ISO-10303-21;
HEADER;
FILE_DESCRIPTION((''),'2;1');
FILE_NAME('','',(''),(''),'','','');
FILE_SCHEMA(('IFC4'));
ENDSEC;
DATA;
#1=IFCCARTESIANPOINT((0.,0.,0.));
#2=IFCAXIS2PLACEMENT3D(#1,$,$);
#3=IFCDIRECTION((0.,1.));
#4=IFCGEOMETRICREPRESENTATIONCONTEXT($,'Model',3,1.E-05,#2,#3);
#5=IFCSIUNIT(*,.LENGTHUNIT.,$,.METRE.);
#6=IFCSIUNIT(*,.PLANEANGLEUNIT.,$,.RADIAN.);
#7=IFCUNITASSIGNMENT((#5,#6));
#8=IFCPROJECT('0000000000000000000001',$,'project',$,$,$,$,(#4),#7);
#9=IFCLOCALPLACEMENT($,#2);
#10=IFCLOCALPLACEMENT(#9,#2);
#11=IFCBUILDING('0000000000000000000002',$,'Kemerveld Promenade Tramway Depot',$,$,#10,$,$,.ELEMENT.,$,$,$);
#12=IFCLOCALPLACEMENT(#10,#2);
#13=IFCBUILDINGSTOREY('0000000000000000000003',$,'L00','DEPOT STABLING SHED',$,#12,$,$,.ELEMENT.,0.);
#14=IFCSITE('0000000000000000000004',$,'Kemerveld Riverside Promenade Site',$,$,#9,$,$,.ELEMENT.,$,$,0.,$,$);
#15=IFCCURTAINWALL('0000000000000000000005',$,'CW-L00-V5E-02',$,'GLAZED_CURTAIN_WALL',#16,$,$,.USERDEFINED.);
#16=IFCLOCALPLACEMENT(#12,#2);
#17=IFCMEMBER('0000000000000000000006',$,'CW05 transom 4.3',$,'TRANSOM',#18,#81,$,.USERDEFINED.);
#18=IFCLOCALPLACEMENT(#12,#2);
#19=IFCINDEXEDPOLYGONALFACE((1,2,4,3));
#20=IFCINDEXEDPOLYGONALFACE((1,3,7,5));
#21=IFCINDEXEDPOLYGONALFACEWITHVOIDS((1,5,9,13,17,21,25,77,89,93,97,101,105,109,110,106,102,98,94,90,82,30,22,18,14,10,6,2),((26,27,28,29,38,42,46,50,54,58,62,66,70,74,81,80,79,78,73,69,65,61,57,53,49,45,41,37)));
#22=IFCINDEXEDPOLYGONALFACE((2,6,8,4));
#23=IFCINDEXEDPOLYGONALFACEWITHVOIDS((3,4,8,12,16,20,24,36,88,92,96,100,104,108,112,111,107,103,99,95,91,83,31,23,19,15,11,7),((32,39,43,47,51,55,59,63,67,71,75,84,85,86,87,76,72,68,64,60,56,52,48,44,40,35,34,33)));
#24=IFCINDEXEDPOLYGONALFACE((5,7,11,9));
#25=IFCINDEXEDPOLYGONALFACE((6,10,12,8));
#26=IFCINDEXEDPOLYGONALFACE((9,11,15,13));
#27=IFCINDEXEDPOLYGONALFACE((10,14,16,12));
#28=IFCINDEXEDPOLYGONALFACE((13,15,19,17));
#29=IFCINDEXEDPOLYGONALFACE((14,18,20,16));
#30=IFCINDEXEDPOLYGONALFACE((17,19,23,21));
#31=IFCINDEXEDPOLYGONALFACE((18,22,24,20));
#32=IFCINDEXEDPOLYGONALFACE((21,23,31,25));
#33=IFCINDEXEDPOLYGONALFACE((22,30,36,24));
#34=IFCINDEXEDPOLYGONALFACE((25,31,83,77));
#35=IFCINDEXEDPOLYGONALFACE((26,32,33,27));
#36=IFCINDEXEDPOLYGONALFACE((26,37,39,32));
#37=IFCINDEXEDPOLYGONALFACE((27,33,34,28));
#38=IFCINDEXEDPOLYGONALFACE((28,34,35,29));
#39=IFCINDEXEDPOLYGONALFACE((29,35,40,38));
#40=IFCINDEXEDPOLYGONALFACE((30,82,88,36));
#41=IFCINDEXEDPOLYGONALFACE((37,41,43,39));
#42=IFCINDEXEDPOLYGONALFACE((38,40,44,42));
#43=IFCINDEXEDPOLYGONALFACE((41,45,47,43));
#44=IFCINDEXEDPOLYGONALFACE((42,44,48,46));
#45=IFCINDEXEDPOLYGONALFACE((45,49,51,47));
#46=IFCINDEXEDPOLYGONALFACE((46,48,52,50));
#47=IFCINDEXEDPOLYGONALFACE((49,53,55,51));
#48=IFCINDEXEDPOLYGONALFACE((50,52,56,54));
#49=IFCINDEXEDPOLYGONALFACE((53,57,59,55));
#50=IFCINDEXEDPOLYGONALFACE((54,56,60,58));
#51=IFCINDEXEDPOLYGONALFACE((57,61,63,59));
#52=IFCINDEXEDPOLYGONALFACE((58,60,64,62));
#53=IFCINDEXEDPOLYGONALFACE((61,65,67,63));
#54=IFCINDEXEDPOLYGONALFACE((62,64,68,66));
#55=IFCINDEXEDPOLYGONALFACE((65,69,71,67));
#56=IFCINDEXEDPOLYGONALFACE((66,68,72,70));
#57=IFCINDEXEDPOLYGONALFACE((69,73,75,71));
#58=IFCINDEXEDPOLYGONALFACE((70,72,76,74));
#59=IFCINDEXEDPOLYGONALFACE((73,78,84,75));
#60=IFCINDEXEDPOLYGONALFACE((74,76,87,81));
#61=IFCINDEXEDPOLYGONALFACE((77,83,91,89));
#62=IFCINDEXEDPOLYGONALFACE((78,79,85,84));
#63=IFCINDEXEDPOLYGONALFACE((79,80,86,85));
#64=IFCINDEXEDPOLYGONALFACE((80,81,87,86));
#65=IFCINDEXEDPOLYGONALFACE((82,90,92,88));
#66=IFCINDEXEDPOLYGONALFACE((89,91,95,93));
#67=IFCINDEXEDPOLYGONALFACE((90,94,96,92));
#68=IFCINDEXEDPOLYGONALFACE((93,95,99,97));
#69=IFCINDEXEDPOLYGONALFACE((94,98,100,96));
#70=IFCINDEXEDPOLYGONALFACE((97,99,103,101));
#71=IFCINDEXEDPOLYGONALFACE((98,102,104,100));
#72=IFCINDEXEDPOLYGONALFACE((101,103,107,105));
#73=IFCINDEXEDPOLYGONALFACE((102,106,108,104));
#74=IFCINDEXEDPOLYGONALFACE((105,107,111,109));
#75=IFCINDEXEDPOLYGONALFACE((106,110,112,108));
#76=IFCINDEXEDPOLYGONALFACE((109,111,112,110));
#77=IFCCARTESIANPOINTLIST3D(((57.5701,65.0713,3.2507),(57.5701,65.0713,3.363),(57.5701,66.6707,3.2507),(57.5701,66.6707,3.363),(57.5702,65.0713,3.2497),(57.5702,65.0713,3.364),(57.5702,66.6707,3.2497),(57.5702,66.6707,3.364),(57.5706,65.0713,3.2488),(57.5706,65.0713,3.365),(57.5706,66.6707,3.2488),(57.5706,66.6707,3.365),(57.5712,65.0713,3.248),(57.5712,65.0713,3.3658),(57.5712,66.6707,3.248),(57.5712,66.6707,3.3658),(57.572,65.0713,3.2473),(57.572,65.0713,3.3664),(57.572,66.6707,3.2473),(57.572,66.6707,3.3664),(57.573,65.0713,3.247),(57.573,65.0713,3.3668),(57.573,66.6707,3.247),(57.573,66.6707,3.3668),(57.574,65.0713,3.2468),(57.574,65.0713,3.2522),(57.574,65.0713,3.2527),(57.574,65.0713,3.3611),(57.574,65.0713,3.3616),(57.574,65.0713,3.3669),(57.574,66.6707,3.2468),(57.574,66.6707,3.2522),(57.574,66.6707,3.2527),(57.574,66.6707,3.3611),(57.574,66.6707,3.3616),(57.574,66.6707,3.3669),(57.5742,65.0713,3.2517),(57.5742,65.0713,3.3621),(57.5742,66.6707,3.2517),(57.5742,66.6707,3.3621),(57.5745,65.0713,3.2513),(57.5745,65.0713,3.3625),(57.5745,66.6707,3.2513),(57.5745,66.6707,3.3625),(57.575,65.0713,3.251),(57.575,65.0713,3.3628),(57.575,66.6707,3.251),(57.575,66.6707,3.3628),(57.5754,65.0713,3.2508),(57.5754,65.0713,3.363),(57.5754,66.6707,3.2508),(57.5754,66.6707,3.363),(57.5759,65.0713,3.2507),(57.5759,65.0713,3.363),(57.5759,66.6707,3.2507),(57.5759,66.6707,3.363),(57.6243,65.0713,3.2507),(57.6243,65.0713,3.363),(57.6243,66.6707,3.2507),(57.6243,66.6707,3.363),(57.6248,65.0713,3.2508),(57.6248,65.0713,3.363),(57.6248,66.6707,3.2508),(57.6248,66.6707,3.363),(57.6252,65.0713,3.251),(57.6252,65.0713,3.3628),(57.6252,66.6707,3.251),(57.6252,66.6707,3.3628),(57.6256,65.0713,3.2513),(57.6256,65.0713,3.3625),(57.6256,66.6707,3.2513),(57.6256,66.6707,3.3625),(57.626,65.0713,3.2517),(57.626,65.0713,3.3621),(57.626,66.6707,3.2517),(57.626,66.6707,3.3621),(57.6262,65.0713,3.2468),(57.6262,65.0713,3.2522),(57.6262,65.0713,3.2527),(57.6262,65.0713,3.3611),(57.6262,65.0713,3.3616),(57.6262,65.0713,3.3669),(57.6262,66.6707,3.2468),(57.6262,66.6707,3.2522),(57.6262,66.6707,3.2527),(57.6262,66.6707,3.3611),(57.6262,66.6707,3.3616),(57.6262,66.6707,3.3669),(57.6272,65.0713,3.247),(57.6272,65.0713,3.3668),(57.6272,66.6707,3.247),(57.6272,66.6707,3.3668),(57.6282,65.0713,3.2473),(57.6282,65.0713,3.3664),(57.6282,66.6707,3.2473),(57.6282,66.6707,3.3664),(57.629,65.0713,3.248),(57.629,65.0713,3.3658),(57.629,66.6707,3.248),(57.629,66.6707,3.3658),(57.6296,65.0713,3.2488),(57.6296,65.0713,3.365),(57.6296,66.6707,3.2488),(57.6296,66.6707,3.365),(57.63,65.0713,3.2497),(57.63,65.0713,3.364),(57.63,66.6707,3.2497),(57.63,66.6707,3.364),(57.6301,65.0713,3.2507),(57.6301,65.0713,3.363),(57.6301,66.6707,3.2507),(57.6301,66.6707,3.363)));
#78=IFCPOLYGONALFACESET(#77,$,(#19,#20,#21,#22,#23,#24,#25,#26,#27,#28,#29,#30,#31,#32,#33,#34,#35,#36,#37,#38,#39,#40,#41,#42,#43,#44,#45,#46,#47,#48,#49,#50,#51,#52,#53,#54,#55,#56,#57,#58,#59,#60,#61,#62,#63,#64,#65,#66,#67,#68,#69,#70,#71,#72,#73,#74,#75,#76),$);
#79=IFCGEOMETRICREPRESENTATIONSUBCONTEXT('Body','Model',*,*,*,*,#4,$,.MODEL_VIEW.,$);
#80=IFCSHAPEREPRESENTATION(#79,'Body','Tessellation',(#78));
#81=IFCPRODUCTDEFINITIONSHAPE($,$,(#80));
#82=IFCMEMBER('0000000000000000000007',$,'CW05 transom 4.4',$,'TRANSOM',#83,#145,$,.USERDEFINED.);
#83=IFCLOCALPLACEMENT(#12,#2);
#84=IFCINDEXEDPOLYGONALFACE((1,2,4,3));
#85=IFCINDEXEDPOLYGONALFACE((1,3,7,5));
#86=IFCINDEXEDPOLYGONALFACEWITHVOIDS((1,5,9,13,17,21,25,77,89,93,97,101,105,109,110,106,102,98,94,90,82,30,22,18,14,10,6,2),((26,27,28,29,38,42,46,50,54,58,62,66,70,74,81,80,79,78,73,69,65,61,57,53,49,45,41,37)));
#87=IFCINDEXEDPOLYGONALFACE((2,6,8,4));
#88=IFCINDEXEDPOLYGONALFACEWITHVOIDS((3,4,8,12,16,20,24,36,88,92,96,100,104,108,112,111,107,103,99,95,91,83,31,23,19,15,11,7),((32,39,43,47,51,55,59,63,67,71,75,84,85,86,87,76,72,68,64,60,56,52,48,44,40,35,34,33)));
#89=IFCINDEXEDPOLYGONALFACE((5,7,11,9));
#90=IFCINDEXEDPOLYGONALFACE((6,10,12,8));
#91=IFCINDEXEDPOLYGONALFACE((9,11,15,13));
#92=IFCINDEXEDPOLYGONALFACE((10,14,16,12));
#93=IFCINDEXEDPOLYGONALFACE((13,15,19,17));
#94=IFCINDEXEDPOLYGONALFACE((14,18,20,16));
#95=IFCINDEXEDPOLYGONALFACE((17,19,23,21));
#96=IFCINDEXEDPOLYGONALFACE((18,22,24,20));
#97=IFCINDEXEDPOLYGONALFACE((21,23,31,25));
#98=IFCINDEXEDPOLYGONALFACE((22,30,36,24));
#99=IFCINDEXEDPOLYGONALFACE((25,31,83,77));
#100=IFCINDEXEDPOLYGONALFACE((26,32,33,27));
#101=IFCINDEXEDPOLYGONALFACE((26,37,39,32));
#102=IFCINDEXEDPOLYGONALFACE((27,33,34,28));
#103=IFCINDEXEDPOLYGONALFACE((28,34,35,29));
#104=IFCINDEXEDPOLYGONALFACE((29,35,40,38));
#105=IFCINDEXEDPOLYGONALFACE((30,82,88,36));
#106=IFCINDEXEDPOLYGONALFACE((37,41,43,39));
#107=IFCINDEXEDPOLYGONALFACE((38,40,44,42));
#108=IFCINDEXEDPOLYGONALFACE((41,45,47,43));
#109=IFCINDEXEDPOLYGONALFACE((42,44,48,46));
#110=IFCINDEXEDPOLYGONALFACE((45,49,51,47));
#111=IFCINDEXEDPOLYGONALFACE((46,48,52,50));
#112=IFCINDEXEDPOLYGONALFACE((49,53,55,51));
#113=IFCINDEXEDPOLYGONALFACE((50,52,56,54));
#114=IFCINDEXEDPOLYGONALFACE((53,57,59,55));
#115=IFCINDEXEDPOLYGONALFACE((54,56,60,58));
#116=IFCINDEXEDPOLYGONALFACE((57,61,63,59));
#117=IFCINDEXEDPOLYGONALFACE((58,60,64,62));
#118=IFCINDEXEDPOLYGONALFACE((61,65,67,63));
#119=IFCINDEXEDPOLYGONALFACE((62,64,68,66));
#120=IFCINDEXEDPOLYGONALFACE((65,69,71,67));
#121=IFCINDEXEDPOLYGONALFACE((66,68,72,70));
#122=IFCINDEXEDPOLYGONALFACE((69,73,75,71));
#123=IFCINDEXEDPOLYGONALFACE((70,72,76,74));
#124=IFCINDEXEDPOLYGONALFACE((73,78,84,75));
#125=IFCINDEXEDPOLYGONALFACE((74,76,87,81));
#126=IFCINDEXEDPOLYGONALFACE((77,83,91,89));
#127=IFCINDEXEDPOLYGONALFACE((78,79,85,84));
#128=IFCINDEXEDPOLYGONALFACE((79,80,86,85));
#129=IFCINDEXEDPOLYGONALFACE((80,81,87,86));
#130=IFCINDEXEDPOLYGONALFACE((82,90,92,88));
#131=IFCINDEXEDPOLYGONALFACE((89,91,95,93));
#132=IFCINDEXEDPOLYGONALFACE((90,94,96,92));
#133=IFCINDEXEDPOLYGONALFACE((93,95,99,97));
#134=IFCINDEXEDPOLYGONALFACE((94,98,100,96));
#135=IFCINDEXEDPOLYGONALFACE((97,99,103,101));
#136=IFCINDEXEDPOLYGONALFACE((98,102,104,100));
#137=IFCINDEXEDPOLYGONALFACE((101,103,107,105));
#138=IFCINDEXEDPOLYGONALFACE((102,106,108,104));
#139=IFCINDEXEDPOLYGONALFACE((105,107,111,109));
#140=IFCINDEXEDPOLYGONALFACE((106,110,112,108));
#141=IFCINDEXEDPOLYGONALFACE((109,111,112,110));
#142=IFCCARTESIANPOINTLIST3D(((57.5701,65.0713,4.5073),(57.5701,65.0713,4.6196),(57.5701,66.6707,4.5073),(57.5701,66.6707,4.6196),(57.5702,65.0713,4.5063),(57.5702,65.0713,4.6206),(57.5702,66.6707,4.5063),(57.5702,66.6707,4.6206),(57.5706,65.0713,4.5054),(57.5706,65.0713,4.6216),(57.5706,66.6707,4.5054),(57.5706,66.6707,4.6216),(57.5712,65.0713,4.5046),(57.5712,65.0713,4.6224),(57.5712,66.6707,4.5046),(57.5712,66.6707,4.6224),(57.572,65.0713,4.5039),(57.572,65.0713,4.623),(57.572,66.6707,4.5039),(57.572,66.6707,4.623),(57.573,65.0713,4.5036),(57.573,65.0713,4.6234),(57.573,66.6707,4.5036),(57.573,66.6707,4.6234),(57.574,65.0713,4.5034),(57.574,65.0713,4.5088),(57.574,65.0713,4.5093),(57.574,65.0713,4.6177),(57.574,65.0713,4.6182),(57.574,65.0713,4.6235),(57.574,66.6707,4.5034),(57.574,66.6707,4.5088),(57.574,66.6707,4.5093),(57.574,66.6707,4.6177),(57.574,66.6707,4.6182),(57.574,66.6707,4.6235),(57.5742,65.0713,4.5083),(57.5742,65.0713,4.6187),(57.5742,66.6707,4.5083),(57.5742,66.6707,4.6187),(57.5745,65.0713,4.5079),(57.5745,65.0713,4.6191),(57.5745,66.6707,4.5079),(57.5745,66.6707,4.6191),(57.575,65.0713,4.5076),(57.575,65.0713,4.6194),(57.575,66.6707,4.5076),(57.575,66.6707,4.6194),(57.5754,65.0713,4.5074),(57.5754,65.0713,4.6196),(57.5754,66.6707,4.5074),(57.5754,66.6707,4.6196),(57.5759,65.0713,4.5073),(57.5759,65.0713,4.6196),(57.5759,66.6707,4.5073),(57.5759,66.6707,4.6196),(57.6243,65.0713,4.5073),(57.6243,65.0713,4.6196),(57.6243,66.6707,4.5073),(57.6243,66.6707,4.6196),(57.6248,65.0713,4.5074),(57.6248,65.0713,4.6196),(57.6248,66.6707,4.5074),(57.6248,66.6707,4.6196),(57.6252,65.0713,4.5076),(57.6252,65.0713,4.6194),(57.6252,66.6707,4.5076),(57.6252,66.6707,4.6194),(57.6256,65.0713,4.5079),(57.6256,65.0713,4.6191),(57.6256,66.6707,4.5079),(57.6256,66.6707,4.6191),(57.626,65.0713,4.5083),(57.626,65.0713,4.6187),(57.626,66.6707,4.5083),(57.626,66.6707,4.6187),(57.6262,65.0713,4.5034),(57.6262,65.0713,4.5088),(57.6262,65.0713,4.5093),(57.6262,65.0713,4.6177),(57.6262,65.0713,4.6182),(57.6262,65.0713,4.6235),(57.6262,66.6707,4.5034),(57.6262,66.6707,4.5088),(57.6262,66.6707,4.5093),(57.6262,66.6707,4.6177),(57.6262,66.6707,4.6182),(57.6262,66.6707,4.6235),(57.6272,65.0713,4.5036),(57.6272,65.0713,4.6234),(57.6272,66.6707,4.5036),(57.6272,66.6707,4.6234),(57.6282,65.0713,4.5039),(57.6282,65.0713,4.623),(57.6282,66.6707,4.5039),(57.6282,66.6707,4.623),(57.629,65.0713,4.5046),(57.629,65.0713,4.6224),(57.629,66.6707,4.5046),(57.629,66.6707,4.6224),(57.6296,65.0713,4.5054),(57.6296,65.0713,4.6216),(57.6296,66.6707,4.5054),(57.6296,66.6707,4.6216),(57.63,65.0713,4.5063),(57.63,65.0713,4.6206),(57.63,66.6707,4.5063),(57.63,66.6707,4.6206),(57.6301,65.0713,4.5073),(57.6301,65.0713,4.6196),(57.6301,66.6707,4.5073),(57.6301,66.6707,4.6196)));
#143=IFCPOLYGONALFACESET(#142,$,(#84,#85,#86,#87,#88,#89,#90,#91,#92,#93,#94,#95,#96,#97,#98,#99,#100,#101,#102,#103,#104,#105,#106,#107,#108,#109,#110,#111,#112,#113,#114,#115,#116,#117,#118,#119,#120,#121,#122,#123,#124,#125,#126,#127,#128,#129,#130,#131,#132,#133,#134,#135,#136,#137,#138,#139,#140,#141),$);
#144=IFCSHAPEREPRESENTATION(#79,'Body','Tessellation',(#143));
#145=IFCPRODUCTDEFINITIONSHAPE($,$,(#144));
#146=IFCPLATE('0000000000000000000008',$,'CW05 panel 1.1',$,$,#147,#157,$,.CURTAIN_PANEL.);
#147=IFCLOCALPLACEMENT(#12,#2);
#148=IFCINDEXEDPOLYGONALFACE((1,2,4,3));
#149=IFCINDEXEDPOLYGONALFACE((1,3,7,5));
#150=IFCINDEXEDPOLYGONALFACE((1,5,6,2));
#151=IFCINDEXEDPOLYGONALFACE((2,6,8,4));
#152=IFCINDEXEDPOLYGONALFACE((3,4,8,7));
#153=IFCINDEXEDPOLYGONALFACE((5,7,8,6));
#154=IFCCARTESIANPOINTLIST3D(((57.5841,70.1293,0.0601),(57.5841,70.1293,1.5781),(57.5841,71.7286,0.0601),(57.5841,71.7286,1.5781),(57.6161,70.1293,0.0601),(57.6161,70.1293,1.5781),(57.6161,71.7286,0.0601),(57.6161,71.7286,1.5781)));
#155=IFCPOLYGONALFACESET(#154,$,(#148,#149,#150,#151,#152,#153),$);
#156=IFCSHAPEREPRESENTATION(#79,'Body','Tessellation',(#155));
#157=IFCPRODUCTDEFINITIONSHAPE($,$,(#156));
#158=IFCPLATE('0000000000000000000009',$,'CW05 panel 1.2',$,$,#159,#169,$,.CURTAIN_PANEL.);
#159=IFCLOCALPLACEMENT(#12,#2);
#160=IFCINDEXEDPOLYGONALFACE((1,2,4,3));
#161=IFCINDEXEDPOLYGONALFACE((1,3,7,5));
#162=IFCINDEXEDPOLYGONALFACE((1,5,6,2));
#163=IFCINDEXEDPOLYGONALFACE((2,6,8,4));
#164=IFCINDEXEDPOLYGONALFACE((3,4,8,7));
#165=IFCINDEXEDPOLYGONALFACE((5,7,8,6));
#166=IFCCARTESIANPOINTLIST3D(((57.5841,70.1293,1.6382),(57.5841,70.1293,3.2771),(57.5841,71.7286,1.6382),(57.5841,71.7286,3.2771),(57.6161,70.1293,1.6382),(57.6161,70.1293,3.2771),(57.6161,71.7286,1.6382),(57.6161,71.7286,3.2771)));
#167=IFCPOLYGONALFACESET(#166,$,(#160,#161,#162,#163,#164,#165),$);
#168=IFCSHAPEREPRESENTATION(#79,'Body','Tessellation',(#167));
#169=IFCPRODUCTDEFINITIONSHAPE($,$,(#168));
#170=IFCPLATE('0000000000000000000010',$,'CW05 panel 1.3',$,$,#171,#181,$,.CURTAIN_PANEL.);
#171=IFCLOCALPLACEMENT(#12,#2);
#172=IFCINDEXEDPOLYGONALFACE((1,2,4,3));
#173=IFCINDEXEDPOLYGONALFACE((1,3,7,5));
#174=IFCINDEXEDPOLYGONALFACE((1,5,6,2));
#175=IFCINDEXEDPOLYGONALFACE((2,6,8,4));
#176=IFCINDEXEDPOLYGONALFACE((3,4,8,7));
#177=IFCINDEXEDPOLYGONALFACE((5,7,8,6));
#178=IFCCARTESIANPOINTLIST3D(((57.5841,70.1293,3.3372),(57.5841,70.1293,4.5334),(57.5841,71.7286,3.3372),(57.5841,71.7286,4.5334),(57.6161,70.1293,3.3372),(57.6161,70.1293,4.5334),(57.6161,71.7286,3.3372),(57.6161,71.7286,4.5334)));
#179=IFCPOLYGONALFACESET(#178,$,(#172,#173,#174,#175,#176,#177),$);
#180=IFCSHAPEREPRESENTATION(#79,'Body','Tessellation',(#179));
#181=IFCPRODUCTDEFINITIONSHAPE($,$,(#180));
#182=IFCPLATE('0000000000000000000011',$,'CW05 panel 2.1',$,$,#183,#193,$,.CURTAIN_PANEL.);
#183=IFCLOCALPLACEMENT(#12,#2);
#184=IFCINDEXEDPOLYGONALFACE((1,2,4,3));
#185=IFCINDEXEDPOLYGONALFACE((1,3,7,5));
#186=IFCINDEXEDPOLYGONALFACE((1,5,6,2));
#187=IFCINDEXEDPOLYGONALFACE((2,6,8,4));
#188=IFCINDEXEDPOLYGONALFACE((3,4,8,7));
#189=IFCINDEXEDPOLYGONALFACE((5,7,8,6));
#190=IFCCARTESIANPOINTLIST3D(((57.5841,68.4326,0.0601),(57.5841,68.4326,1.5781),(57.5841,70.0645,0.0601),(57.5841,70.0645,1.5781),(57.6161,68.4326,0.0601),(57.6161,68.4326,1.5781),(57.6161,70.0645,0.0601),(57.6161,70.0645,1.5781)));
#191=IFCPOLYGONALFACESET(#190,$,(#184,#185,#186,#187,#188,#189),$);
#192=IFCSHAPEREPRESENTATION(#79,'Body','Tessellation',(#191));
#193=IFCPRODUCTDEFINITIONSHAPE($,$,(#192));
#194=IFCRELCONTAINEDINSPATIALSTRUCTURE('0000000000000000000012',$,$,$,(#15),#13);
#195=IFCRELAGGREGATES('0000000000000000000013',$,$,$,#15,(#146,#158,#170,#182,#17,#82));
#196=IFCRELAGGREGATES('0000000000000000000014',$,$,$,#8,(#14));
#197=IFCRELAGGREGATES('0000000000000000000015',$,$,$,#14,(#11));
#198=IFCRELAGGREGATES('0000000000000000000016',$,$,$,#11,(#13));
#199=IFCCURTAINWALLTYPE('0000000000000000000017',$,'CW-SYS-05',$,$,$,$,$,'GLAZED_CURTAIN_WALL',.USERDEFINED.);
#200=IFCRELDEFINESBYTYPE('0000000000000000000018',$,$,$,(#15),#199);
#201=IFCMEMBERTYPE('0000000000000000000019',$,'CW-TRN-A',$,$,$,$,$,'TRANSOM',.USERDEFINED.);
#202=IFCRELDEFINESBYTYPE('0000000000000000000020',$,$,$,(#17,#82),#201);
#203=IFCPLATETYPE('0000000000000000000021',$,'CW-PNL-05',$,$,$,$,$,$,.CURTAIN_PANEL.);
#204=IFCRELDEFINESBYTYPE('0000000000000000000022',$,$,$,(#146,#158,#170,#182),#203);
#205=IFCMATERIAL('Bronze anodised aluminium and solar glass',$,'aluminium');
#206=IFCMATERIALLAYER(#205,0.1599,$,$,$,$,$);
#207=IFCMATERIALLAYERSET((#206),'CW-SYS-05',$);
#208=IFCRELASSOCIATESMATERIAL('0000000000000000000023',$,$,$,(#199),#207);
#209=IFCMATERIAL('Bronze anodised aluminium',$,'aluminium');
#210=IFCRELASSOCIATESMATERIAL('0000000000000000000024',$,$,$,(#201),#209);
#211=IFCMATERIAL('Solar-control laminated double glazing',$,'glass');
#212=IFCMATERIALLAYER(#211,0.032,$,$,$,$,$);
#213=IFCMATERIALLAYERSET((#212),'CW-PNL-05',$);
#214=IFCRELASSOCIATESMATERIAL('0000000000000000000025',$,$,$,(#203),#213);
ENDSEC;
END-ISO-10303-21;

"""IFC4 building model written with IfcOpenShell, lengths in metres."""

from ifc_helpers import new_model, si_unit, direction, frame, origin, origin_2d, place, context, subcontext, project, spatial, rectangle, hollow_rectangle, extrude, material, layer, layer_set, material_profile, profile_set, type_object, element, aggregate, save


model = new_model("IFC4")

# Units and contexts
model_context = context("Model", 3, precision=1e-05, world=origin(), true_north=direction((0.0, 1.0)))
body_context = subcontext(model_context, "Body", "Model", "MODEL_VIEW")
ifc_project = project(units=[si_unit("LENGTHUNIT", "METRE"), si_unit("PLANEANGLEUNIT", "RADIAN")], contexts=[model_context])

# Site, building, storey
site_placement = place(None, origin())
site = spatial("IfcSite", under=ifc_project, at=site_placement, Name="Kemerveld Riverside Promenade Site", CompositionType="ELEMENT", RefElevation=0.0)
building_placement = place(site_placement, origin())
building = spatial("IfcBuilding", under=site, at=building_placement, Name="Kemerveld Promenade Tramway Depot", CompositionType="ELEMENT")
storey_placement = place(building_placement, origin())
storey = spatial("IfcBuildingStorey", under=building, at=storey_placement, Name="L00", Description="DEPOT STABLING SHED", CompositionType="ELEMENT", Elevation=0.0)

# Curtain wall, members, plates
ifc_material_1 = material(Name="Bronze anodised aluminium and solar glass", Category="aluminium")
ifc_layer_1 = layer(ifc_material_1, 0.1599)
ifc_layer_set_1 = layer_set([ifc_layer_1], Name="CW-SYS-05")
curtain_wall_type = type_object("IfcCurtainWallType", Name="CW-SYS-05", ElementType="GLAZED_CURTAIN_WALL", PredefinedType="USERDEFINED", material=ifc_layer_set_1)
curtain_wall_placement = place(storey_placement, origin())
curtain_wall = element("IfcCurtainWall", 1, at=curtain_wall_placement, inside=storey, type_object=curtain_wall_type, Name="CW-L00-V5E-02", ObjectType="GLAZED_CURTAIN_WALL", PredefinedType="USERDEFINED")
ifc_material_2 = material(Name="Bronze anodised aluminium", Category="aluminium")
ifc_material_profile_1 = material_profile(ifc_material_2, hollow_rectangle(XDim=0.0601, YDim=0.1201, WallThickness=0.0039, InnerFilletRadius=0.002, OuterFilletRadius=0.0039, at=origin_2d()), Name="CW-TRN-120x60")
ifc_profile_set_1 = profile_set([ifc_material_profile_1], Name="Bronze anodised aluminium")
member_type_1 = type_object("IfcMemberType", Name="CW-TRN-A", ElementType="TRANSOM", PredefinedType="USERDEFINED", material=ifc_profile_set_1)
member_1_placement = place(storey_placement, frame((57.6001, 66.6707, 3.3069), z_axis=(0.0, -1.0, 0.0), x_axis=(1.0, 0.0, 0.0)))
member_1 = element("IfcMember", 2, at=member_1_placement, type_object=member_type_1, Name="CW05 transom 4.3", ObjectType="TRANSOM", PredefinedType="USERDEFINED", context=body_context, shape_type="SweptSolid", body=[
    extrude(hollow_rectangle(XDim=0.0601, YDim=0.1201, WallThickness=0.0039, InnerFilletRadius=0.002, OuterFilletRadius=0.0039, at=origin_2d()), origin(), (0.0, 0.0, 1.0), 1.5994),
])
member_2_placement = place(storey_placement, frame((57.6001, 66.6707, 4.5635), z_axis=(0.0, -1.0, 0.0), x_axis=(1.0, 0.0, 0.0)))
member_2 = element("IfcMember", 3, at=member_2_placement, type_object=member_type_1, Name="CW05 transom 4.4", ObjectType="TRANSOM", PredefinedType="USERDEFINED", context=body_context, shape_type="SweptSolid", body=[
    extrude(hollow_rectangle(XDim=0.0601, YDim=0.1201, WallThickness=0.0039, InnerFilletRadius=0.002, OuterFilletRadius=0.0039, at=origin_2d()), origin(), (0.0, 0.0, 1.0), 1.5994),
])
ifc_material_3 = material(Name="Solar-control laminated double glazing", Category="glass")
ifc_layer_2 = layer(ifc_material_3, 0.032)
ifc_layer_set_2 = layer_set([ifc_layer_2], Name="CW-PNL-05")
plate_type = type_object("IfcPlateType", Name="CW-PNL-05", PredefinedType="CURTAIN_PANEL", material=ifc_layer_set_2)
plate_1_placement = place(storey_placement, frame((57.6001, 70.929, 0.0601), z_axis=(0.0, 0.0, 1.0), x_axis=(0.0, -1.0, 0.0)))
plate_1 = element("IfcPlate", 4, at=plate_1_placement, type_object=plate_type, Name="CW05 panel 1.1", PredefinedType="CURTAIN_PANEL", context=body_context, shape_type="SweptSolid", body=[
    extrude(rectangle(XDim=1.5994, YDim=0.032, at=origin_2d()), origin(), (0.0, 0.0, 1.0), 1.5181),
])
plate_2_placement = place(storey_placement, frame((57.6001, 70.929, 1.6382), z_axis=(0.0, 0.0, 1.0), x_axis=(0.0, -1.0, 0.0)))
plate_2 = element("IfcPlate", 5, at=plate_2_placement, type_object=plate_type, Name="CW05 panel 1.2", PredefinedType="CURTAIN_PANEL", context=body_context, shape_type="SweptSolid", body=[
    extrude(rectangle(XDim=1.5994, YDim=0.032, at=origin_2d()), origin(), (0.0, 0.0, 1.0), 1.6389),
])
plate_3_placement = place(storey_placement, frame((57.6001, 70.929, 3.3372), z_axis=(0.0, 0.0, 1.0), x_axis=(0.0, -1.0, 0.0)))
plate_3 = element("IfcPlate", 6, at=plate_3_placement, type_object=plate_type, Name="CW05 panel 1.3", PredefinedType="CURTAIN_PANEL", context=body_context, shape_type="SweptSolid", body=[
    extrude(rectangle(XDim=1.5994, YDim=0.032, at=origin_2d()), origin(), (0.0, 0.0, 1.0), 1.1963),
])
plate_4_placement = place(storey_placement, frame((57.6001, 69.2485, 0.0601), z_axis=(0.0, 0.0, 1.0), x_axis=(0.0, -1.0, 0.0)))
plate_4 = element("IfcPlate", 7, at=plate_4_placement, type_object=plate_type, Name="CW05 panel 2.1", PredefinedType="CURTAIN_PANEL", context=body_context, shape_type="SweptSolid", body=[
    extrude(rectangle(XDim=1.6318, YDim=0.032, at=origin_2d()), origin(), (0.0, 0.0, 1.0), 1.5181),
])
aggregate(curtain_wall, [plate_1, plate_2, plate_3, plate_4, member_1, member_2])

save(model, "model.ifc")
